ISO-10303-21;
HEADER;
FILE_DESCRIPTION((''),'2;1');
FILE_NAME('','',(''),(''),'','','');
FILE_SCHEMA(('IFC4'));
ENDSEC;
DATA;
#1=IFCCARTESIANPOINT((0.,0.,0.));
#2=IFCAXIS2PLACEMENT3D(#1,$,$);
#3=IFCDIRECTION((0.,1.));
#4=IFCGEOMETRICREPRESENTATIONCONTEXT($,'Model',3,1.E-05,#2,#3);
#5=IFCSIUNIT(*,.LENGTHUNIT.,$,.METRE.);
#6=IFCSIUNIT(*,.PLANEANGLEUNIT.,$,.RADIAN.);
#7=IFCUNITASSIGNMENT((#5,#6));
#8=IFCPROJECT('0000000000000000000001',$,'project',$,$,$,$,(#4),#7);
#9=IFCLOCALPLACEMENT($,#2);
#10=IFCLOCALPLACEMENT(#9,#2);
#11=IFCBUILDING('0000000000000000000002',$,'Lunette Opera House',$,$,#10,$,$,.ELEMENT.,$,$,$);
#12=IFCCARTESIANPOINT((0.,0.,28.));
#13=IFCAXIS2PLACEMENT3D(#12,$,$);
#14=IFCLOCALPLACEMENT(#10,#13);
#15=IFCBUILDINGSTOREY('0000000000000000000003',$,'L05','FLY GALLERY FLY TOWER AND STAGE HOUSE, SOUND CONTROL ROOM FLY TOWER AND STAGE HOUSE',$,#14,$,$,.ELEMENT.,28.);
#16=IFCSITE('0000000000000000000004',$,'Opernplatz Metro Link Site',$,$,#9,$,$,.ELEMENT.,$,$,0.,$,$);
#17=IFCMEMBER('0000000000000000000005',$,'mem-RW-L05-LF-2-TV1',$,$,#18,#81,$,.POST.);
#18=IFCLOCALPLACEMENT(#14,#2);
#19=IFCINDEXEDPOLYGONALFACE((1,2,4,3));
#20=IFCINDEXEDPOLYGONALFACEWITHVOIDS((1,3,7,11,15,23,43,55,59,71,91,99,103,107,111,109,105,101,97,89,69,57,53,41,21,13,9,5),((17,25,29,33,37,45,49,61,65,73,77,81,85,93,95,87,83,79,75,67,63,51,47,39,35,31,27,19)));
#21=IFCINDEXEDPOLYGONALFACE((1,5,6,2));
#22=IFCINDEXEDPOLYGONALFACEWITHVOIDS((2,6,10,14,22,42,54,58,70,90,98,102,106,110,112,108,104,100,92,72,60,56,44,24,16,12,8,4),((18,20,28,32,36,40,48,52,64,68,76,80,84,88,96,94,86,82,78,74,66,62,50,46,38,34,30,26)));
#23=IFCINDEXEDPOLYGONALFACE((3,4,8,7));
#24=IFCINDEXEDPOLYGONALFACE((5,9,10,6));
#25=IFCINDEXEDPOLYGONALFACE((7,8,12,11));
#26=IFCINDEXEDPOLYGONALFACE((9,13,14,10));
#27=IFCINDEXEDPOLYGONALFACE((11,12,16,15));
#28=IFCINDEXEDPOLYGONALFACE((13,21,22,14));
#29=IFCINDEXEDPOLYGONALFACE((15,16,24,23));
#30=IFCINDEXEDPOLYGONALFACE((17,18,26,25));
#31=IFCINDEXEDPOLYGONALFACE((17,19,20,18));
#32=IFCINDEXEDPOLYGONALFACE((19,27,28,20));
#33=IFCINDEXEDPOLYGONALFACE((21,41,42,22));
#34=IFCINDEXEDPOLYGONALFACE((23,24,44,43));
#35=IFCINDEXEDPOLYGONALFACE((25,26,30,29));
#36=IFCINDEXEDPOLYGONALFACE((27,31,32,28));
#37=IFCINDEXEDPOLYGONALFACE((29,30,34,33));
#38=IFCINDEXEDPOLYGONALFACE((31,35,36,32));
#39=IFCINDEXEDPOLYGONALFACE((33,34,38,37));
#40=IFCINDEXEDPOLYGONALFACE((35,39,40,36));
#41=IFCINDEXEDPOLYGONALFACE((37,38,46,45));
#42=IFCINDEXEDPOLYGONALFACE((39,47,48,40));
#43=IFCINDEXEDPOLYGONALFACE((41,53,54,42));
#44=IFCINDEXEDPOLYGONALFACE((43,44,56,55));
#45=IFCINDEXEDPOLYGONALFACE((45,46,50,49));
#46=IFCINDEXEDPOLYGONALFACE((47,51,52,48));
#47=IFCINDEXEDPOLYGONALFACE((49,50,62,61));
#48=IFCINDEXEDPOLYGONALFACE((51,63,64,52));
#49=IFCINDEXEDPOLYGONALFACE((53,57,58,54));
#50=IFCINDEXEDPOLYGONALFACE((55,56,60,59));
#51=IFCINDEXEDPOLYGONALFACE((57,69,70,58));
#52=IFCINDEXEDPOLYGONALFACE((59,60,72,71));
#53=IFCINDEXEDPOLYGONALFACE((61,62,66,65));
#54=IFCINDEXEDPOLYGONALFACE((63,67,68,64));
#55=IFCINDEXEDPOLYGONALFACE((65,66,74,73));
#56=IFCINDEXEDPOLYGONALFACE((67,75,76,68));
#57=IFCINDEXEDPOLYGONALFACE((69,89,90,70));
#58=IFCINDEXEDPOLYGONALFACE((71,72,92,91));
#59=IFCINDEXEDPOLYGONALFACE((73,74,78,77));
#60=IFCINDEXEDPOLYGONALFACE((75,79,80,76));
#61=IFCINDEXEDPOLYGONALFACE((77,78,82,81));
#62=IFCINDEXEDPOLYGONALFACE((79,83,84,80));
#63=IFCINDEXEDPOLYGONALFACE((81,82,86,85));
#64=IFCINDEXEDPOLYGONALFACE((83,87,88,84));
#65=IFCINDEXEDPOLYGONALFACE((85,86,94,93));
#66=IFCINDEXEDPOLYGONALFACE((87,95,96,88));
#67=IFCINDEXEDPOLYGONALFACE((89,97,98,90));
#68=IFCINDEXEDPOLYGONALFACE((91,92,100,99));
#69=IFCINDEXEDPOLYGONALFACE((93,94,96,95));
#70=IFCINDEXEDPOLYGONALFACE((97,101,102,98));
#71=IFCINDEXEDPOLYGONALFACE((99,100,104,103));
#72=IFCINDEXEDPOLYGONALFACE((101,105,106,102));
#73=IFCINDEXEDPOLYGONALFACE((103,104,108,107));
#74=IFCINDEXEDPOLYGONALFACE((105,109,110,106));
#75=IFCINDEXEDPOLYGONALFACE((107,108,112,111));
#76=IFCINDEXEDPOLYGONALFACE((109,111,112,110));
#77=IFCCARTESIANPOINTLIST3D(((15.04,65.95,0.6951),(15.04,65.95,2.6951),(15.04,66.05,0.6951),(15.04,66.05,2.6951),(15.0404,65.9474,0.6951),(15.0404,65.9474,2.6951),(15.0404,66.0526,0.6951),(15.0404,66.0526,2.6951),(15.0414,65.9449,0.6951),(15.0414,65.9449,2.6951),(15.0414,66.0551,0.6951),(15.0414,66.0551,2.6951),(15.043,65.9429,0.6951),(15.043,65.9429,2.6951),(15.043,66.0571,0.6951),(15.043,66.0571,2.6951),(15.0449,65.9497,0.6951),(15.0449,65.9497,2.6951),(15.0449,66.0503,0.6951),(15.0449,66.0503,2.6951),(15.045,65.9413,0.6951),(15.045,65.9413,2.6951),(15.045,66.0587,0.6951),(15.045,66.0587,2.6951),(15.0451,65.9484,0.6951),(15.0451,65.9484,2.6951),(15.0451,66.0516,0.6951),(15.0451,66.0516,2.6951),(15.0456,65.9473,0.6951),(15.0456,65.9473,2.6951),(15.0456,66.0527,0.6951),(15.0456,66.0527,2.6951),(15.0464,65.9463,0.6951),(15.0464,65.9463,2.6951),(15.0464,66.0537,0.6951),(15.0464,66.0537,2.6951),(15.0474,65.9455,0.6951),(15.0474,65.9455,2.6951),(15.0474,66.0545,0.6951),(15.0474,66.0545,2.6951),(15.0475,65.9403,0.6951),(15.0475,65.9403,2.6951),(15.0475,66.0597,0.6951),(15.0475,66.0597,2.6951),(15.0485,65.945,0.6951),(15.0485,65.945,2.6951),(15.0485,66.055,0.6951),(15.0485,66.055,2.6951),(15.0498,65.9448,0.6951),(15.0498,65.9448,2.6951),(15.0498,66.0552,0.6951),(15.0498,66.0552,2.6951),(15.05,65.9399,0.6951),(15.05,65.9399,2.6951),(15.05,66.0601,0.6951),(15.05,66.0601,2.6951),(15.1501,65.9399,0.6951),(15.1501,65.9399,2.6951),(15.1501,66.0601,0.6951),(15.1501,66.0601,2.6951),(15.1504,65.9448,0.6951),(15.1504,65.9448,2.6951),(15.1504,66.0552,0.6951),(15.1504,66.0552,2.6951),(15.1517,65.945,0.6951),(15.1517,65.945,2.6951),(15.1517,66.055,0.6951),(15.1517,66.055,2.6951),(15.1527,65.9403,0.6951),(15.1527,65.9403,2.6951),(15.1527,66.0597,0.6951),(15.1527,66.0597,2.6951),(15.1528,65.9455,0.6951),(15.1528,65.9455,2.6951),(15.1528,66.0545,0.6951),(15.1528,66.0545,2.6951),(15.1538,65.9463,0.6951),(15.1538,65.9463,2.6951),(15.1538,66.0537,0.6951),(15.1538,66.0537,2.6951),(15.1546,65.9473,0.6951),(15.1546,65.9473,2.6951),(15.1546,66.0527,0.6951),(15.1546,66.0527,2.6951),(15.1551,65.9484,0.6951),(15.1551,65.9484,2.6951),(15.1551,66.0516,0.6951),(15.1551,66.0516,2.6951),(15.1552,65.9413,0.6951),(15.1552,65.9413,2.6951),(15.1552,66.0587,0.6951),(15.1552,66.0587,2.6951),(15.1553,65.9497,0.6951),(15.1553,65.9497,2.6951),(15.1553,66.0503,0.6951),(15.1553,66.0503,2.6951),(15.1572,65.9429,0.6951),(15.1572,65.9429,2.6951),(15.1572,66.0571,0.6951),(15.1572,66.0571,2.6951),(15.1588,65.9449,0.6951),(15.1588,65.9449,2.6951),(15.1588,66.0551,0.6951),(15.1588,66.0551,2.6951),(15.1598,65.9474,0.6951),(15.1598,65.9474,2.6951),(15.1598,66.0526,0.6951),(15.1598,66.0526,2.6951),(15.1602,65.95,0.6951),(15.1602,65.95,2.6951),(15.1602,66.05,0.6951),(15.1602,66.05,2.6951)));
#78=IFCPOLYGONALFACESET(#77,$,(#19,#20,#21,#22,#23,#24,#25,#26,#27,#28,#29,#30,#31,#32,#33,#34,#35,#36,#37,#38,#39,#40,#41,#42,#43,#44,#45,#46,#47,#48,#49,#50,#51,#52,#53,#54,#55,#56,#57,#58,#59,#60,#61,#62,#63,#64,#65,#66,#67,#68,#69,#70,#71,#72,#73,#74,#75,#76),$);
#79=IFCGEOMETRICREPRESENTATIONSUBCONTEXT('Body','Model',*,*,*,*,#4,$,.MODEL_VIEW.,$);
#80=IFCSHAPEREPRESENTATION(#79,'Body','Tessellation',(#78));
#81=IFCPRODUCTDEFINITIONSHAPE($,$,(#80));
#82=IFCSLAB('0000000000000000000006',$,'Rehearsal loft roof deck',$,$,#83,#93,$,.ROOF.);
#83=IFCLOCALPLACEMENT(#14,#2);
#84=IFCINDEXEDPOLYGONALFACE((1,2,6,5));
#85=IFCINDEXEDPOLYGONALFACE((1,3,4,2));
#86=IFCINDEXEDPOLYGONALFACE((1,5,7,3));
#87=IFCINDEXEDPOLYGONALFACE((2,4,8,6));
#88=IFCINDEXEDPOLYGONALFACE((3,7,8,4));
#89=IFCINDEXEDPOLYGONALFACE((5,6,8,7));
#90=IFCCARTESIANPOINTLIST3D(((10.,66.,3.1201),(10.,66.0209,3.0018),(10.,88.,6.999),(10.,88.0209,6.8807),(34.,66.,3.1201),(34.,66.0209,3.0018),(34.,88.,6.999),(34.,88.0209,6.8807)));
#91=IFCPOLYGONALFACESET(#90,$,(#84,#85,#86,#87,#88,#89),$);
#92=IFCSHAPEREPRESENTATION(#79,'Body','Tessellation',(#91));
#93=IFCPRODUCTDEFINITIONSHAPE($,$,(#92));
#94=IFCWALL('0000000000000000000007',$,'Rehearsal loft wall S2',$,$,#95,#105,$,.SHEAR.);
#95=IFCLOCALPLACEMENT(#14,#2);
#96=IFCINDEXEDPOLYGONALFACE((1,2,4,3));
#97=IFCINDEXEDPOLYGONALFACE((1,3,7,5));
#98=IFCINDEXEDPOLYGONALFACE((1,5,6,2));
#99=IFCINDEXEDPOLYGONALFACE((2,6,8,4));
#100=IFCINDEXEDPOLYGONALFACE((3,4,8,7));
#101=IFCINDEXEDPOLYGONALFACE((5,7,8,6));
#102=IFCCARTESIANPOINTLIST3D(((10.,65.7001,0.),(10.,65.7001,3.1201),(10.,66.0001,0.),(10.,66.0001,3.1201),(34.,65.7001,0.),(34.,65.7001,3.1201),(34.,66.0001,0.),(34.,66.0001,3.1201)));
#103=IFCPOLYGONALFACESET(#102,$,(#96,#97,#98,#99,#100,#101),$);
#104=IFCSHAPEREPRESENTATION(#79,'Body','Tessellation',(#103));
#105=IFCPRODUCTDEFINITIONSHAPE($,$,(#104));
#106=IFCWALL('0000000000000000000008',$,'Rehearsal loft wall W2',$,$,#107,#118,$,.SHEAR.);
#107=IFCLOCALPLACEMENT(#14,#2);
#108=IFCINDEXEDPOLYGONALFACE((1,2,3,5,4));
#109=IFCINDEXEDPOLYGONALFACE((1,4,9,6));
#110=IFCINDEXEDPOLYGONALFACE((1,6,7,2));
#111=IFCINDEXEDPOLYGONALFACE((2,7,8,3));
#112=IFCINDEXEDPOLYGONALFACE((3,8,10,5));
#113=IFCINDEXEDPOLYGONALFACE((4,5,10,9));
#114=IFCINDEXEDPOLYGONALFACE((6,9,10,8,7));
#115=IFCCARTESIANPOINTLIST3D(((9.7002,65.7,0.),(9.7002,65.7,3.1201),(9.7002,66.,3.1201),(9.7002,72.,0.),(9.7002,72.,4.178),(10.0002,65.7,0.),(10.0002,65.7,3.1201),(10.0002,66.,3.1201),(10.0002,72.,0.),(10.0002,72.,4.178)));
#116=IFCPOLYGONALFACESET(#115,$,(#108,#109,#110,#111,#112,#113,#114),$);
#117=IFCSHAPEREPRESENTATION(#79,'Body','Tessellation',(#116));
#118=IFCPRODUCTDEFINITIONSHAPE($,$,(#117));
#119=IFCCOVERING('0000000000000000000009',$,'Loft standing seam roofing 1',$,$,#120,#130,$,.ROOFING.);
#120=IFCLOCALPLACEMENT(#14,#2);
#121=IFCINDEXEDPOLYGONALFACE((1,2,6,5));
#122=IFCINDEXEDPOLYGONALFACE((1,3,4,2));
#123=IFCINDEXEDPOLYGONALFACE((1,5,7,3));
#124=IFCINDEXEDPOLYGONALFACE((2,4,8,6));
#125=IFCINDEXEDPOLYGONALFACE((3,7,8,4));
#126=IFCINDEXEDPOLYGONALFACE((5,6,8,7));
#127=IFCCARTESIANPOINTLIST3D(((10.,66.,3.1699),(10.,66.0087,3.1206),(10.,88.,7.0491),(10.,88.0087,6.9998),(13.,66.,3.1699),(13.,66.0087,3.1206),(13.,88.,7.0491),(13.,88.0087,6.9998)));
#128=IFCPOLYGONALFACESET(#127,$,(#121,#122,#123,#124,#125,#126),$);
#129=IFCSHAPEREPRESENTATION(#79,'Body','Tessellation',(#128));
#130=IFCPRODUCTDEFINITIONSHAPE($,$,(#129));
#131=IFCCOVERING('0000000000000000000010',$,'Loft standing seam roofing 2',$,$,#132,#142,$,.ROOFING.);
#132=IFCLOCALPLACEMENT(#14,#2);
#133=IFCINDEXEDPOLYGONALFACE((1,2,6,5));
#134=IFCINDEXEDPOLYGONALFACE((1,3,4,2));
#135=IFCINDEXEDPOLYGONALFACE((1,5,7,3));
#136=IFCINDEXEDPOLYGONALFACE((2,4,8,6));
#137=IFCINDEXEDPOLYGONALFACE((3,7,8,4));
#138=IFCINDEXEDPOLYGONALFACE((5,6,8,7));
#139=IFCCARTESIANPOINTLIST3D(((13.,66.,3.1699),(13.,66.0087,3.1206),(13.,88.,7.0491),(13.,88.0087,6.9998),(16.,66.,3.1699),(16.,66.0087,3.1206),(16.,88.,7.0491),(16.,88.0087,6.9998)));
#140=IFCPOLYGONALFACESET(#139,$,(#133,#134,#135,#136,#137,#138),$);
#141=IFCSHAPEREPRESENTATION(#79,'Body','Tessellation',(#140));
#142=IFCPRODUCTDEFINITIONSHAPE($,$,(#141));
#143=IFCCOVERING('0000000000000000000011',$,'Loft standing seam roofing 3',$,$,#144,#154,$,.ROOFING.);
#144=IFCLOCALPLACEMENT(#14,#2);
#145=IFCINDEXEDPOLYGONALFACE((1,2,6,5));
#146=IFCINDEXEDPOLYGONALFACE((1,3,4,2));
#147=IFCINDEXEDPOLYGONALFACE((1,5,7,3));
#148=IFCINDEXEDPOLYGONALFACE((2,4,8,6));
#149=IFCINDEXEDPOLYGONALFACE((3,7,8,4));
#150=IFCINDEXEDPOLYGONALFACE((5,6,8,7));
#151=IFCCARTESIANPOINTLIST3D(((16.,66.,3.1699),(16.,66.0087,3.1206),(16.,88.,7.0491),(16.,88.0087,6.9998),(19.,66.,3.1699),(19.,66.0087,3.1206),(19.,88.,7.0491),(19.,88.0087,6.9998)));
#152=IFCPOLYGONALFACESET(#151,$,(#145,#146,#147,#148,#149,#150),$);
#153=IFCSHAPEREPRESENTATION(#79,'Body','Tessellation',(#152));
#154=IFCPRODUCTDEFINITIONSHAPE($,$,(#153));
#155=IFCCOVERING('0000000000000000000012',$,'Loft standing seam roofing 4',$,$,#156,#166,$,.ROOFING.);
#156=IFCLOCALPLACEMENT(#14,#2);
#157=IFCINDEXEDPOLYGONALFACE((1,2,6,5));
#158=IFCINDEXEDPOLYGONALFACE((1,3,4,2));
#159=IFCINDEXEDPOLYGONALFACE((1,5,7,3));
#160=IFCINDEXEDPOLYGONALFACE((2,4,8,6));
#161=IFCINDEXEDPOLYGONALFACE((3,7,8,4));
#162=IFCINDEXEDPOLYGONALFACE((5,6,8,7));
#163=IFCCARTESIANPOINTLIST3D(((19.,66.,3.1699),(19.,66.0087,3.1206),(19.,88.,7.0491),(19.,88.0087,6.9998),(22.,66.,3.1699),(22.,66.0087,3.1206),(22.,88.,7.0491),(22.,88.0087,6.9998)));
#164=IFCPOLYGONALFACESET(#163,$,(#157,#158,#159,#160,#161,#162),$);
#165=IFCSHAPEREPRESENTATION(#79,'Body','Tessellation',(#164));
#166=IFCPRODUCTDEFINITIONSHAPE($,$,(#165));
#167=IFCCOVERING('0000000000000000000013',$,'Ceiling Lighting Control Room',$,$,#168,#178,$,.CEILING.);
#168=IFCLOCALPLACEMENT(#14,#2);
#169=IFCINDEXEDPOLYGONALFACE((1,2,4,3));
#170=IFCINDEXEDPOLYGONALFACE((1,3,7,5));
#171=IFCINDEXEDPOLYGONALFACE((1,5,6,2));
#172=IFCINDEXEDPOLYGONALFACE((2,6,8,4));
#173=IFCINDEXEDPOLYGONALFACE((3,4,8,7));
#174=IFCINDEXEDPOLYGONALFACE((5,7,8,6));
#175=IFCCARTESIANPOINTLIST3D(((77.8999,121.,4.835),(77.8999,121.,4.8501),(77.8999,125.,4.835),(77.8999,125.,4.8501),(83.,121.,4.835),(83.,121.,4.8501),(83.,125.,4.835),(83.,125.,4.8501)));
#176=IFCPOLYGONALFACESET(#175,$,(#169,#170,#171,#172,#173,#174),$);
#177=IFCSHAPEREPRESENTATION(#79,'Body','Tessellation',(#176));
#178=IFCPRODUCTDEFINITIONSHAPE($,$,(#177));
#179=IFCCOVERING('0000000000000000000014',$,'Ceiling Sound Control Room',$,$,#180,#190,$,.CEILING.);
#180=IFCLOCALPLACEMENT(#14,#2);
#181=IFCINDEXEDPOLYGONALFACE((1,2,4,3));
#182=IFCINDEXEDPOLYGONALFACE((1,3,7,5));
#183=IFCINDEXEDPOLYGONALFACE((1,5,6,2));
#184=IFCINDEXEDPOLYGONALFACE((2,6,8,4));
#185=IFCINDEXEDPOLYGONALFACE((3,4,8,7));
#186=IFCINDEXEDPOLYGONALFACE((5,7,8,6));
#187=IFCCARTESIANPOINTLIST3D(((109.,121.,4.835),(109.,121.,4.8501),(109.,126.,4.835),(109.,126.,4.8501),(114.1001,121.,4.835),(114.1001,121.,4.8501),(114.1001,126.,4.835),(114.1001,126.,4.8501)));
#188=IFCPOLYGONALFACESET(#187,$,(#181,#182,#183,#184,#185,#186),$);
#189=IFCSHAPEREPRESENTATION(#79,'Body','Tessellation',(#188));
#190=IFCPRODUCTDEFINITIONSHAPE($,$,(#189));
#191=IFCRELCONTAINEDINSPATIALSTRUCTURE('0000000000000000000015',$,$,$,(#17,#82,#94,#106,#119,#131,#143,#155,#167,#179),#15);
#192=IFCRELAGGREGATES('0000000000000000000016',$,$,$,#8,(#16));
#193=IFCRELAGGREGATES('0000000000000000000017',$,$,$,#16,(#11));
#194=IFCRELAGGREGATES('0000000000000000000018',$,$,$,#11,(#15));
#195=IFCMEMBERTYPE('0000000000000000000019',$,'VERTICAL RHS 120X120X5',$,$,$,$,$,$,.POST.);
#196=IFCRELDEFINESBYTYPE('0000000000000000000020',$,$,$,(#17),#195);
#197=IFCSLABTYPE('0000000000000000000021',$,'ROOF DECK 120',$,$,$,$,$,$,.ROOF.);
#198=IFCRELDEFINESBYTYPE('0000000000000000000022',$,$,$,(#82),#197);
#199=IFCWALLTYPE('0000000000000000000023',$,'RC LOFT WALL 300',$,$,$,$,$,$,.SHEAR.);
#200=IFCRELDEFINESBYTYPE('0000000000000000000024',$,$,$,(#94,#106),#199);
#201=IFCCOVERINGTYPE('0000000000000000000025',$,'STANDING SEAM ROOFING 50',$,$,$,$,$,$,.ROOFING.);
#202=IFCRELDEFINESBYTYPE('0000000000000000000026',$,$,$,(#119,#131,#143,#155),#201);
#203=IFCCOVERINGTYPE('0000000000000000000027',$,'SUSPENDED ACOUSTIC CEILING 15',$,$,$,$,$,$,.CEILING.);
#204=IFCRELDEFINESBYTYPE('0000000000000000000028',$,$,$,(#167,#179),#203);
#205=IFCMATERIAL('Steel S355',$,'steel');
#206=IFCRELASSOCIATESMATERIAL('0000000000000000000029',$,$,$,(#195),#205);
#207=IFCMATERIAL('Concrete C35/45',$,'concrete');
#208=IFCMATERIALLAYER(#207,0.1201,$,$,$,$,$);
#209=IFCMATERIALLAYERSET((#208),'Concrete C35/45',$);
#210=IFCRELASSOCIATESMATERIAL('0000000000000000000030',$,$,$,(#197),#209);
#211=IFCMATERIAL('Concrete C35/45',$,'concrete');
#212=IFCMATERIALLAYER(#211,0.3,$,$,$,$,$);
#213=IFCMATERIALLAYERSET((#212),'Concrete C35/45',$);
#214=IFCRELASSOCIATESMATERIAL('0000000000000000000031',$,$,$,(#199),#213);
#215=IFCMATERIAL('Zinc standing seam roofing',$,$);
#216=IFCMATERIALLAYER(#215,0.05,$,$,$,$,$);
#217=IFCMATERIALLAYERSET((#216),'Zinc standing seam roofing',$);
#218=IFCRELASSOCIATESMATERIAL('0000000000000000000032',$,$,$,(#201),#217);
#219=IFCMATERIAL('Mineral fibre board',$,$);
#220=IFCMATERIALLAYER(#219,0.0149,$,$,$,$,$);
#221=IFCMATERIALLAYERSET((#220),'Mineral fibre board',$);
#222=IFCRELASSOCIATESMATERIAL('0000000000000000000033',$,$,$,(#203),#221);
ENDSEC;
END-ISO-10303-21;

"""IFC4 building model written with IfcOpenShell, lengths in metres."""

from ifc_helpers import new_model, si_unit, direction, frame, frame_2d, origin, origin_2d, place, context, subcontext, project, spatial, polyline, rectangle, hollow_rectangle, outline, extrude, material, layer, layer_set, material_profile, profile_set, type_object, element, save


model = new_model("IFC4")

# Units and contexts
model_context = context("Model", 3, precision=1e-05, world=origin(), true_north=direction((0.0, 1.0)))
body_context = subcontext(model_context, "Body", "Model", "MODEL_VIEW")
ifc_project = project(units=[si_unit("LENGTHUNIT", "METRE"), si_unit("PLANEANGLEUNIT", "RADIAN")], contexts=[model_context])

# Site, building, storey
site_placement = place(None, origin())
site = spatial("IfcSite", under=ifc_project, at=site_placement, Name="Opernplatz Metro Link Site", CompositionType="ELEMENT", RefElevation=0.0)
building_placement = place(site_placement, origin())
building = spatial("IfcBuilding", under=site, at=building_placement, Name="Lunette Opera House", CompositionType="ELEMENT")
storey_placement = place(building_placement, frame((0.0, 0.0, 28.0)))
storey = spatial("IfcBuildingStorey", under=building, at=storey_placement, Name="L05", Description="FLY GALLERY FLY TOWER AND STAGE HOUSE, SOUND CONTROL ROOM FLY TOWER AND STAGE HOUSE", CompositionType="ELEMENT", Elevation=28.0)

# Member
ifc_material_1 = material(Name="Steel S355", Category="steel")
ifc_material_profile_1 = material_profile(ifc_material_1, hollow_rectangle(XDim=0.1201, YDim=0.1201, WallThickness=0.0049, InnerFilletRadius=0.0049, OuterFilletRadius=0.01, at=origin_2d()), Name="RHS 120X120X5")
ifc_profile_set_1 = profile_set([ifc_material_profile_1], Name="Steel S355")
member_type_1 = type_object("IfcMemberType", Name="VERTICAL RHS 120X120X5", PredefinedType="POST", material=ifc_profile_set_1)
for number, where, z_axis, x_axis, name in (
    (1, (15.1001, 66.0, 0.6951), (0.0, 0.0, 1.0), (1.0, 0.0, 0.0), "mem-RW-L05-LF-2-TV1"),
):
    element("IfcMember", number, at=place(storey_placement, frame(where, z_axis=z_axis, x_axis=x_axis)), inside=storey, type_object=member_type_1, Name=name, PredefinedType="POST", context=body_context, shape_type="SweptSolid", body=[
        extrude(hollow_rectangle(XDim=0.1201, YDim=0.1201, WallThickness=0.0049, InnerFilletRadius=0.0049, OuterFilletRadius=0.01, at=origin_2d()), origin(), (0.0, 0.0, 1.0), 2.0),
    ])

# Slab
ifc_material_2 = material(Name="Concrete C35/45", Category="concrete")
ifc_layer_1 = layer(ifc_material_2, 0.1201)
ifc_layer_set_1 = layer_set([ifc_layer_1], Name="Concrete C35/45")
slab_type = type_object("IfcSlabType", Name="ROOF DECK 120", PredefinedType="ROOF", material=ifc_layer_set_1)
slab_placement = place(storey_placement, frame((10.0, 66.0, 3.1201), z_axis=(0.0, -0.173636, 0.98481), x_axis=(1.0, 0.0, 0.0)))
element("IfcSlab", 2, at=slab_placement, inside=storey, type_object=slab_type, Name="Rehearsal loft roof deck", PredefinedType="ROOF", context=body_context, shape_type="SweptSolid", body=[
    extrude(outline(polyline([(0.0, 0.0), (24.0, 0.0), (24.0, 22.3393), (0.0, 22.3393), (0.0, 0.0)])), origin(), (0.0, 0.0, -1.0), 0.1201),
])

# Walls
ifc_material_3 = material(Name="Concrete C35/45", Category="concrete")
ifc_layer_2 = layer(ifc_material_3, 0.3)
ifc_layer_set_2 = layer_set([ifc_layer_2], Name="Concrete C35/45")
wall_type = type_object("IfcWallType", Name="RC LOFT WALL 300", PredefinedType="SHEAR", material=ifc_layer_set_2)
wall_1_placement = place(storey_placement, frame((10.0, 65.8501, 0.0), z_axis=(0.0, 0.0, 1.0), x_axis=(1.0, 0.0, 0.0)))
element("IfcWall", 3, at=wall_1_placement, inside=storey, type_object=wall_type, Name="Rehearsal loft wall S2", PredefinedType="SHEAR", context=body_context, shape_type="SweptSolid", body=[
    extrude(rectangle(XDim=24.0, YDim=0.3, at=frame_2d((12.0, 0.0))), origin(), (0.0, 0.0, 1.0), 3.1201),
])
wall_2_placement = place(storey_placement, frame((9.8501, 65.7, 0.0), z_axis=(0.0, 0.0, 1.0), x_axis=(0.0, 1.0, 0.0)))
element("IfcWall", 4, at=wall_2_placement, inside=storey, type_object=wall_type, Name="Rehearsal loft wall W2", PredefinedType="SHEAR", context=body_context, shape_type="SweptSolid", body=[
    extrude(outline(polyline([(0.0, 0.0), (6.3, 0.0), (6.3, 4.178), (0.3, 3.1201), (0.0, 3.1201), (0.0, 0.0)])), frame((0.0, 0.1499, 0.0), z_axis=(0.0, -1.0, 0.0), x_axis=(1.0, 0.0, 0.0)), (0.0, 0.0, 1.0), 0.3),
])

# Coverings
ifc_material_4 = material(Name="Zinc standing seam roofing")
ifc_layer_3 = layer(ifc_material_4, 0.05)
ifc_layer_set_3 = layer_set([ifc_layer_3], Name="Zinc standing seam roofing")
covering_type_1 = type_object("IfcCoveringType", Name="STANDING SEAM ROOFING 50", PredefinedType="ROOFING", material=ifc_layer_set_3)
for number, where, z_axis, x_axis, name in (
    (5, (10.0, 66.0, 3.1699), (0.0, -0.173646, 0.984808), (1.0, 0.0, 0.0), "Loft standing seam roofing 1"),
    (6, (13.0, 66.0, 3.1699), (0.0, -0.173646, 0.984808), (1.0, 0.0, 0.0), "Loft standing seam roofing 2"),
    (7, (16.0, 66.0, 3.1699), (0.0, -0.173646, 0.984808), (1.0, 0.0, 0.0), "Loft standing seam roofing 3"),
    (8, (19.0, 66.0, 3.1699), (0.0, -0.173646, 0.984808), (1.0, 0.0, 0.0), "Loft standing seam roofing 4"),
):
    element("IfcCovering", number, at=place(storey_placement, frame(where, z_axis=z_axis, x_axis=x_axis)), inside=storey, type_object=covering_type_1, Name=name, PredefinedType="ROOFING", context=body_context, shape_type="SweptSolid", body=[
        extrude(outline(polyline([(0.0, 0.0), (3.0, 0.0), (3.0, 22.3394), (0.0, 22.3394), (0.0, 0.0)])), origin(), (0.0, 0.0, -1.0), 0.05),
    ])
ifc_material_5 = material(Name="Mineral fibre board")
ifc_layer_4 = layer(ifc_material_5, 0.0149)
ifc_layer_set_4 = layer_set([ifc_layer_4], Name="Mineral fibre board")
covering_type_2 = type_object("IfcCoveringType", Name="SUSPENDED ACOUSTIC CEILING 15", PredefinedType="CEILING", material=ifc_layer_set_4)
covering_1_placement = place(storey_placement, frame((0.0, 0.0, 4.835)))
element("IfcCovering", 9, at=covering_1_placement, inside=storey, type_object=covering_type_2, Name="Ceiling Lighting Control Room", PredefinedType="CEILING", context=body_context, shape_type="SweptSolid", body=[
    extrude(outline(polyline([(77.8999, 125.0), (83.0, 125.0), (83.0, 121.0), (77.8999, 121.0), (77.8999, 125.0)])), origin(), (0.0, 0.0, 1.0), 0.0151),
])
covering_2_placement = place(storey_placement, frame((0.0, 0.0, 4.835)))
element("IfcCovering", 10, at=covering_2_placement, inside=storey, type_object=covering_type_2, Name="Ceiling Sound Control Room", PredefinedType="CEILING", context=body_context, shape_type="SweptSolid", body=[
    extrude(outline(polyline([(109.0, 126.0), (114.1001, 126.0), (114.1001, 121.0), (109.0, 121.0), (109.0, 126.0)])), origin(), (0.0, 0.0, 1.0), 0.0151),
])

save(model, "model.ifc")
